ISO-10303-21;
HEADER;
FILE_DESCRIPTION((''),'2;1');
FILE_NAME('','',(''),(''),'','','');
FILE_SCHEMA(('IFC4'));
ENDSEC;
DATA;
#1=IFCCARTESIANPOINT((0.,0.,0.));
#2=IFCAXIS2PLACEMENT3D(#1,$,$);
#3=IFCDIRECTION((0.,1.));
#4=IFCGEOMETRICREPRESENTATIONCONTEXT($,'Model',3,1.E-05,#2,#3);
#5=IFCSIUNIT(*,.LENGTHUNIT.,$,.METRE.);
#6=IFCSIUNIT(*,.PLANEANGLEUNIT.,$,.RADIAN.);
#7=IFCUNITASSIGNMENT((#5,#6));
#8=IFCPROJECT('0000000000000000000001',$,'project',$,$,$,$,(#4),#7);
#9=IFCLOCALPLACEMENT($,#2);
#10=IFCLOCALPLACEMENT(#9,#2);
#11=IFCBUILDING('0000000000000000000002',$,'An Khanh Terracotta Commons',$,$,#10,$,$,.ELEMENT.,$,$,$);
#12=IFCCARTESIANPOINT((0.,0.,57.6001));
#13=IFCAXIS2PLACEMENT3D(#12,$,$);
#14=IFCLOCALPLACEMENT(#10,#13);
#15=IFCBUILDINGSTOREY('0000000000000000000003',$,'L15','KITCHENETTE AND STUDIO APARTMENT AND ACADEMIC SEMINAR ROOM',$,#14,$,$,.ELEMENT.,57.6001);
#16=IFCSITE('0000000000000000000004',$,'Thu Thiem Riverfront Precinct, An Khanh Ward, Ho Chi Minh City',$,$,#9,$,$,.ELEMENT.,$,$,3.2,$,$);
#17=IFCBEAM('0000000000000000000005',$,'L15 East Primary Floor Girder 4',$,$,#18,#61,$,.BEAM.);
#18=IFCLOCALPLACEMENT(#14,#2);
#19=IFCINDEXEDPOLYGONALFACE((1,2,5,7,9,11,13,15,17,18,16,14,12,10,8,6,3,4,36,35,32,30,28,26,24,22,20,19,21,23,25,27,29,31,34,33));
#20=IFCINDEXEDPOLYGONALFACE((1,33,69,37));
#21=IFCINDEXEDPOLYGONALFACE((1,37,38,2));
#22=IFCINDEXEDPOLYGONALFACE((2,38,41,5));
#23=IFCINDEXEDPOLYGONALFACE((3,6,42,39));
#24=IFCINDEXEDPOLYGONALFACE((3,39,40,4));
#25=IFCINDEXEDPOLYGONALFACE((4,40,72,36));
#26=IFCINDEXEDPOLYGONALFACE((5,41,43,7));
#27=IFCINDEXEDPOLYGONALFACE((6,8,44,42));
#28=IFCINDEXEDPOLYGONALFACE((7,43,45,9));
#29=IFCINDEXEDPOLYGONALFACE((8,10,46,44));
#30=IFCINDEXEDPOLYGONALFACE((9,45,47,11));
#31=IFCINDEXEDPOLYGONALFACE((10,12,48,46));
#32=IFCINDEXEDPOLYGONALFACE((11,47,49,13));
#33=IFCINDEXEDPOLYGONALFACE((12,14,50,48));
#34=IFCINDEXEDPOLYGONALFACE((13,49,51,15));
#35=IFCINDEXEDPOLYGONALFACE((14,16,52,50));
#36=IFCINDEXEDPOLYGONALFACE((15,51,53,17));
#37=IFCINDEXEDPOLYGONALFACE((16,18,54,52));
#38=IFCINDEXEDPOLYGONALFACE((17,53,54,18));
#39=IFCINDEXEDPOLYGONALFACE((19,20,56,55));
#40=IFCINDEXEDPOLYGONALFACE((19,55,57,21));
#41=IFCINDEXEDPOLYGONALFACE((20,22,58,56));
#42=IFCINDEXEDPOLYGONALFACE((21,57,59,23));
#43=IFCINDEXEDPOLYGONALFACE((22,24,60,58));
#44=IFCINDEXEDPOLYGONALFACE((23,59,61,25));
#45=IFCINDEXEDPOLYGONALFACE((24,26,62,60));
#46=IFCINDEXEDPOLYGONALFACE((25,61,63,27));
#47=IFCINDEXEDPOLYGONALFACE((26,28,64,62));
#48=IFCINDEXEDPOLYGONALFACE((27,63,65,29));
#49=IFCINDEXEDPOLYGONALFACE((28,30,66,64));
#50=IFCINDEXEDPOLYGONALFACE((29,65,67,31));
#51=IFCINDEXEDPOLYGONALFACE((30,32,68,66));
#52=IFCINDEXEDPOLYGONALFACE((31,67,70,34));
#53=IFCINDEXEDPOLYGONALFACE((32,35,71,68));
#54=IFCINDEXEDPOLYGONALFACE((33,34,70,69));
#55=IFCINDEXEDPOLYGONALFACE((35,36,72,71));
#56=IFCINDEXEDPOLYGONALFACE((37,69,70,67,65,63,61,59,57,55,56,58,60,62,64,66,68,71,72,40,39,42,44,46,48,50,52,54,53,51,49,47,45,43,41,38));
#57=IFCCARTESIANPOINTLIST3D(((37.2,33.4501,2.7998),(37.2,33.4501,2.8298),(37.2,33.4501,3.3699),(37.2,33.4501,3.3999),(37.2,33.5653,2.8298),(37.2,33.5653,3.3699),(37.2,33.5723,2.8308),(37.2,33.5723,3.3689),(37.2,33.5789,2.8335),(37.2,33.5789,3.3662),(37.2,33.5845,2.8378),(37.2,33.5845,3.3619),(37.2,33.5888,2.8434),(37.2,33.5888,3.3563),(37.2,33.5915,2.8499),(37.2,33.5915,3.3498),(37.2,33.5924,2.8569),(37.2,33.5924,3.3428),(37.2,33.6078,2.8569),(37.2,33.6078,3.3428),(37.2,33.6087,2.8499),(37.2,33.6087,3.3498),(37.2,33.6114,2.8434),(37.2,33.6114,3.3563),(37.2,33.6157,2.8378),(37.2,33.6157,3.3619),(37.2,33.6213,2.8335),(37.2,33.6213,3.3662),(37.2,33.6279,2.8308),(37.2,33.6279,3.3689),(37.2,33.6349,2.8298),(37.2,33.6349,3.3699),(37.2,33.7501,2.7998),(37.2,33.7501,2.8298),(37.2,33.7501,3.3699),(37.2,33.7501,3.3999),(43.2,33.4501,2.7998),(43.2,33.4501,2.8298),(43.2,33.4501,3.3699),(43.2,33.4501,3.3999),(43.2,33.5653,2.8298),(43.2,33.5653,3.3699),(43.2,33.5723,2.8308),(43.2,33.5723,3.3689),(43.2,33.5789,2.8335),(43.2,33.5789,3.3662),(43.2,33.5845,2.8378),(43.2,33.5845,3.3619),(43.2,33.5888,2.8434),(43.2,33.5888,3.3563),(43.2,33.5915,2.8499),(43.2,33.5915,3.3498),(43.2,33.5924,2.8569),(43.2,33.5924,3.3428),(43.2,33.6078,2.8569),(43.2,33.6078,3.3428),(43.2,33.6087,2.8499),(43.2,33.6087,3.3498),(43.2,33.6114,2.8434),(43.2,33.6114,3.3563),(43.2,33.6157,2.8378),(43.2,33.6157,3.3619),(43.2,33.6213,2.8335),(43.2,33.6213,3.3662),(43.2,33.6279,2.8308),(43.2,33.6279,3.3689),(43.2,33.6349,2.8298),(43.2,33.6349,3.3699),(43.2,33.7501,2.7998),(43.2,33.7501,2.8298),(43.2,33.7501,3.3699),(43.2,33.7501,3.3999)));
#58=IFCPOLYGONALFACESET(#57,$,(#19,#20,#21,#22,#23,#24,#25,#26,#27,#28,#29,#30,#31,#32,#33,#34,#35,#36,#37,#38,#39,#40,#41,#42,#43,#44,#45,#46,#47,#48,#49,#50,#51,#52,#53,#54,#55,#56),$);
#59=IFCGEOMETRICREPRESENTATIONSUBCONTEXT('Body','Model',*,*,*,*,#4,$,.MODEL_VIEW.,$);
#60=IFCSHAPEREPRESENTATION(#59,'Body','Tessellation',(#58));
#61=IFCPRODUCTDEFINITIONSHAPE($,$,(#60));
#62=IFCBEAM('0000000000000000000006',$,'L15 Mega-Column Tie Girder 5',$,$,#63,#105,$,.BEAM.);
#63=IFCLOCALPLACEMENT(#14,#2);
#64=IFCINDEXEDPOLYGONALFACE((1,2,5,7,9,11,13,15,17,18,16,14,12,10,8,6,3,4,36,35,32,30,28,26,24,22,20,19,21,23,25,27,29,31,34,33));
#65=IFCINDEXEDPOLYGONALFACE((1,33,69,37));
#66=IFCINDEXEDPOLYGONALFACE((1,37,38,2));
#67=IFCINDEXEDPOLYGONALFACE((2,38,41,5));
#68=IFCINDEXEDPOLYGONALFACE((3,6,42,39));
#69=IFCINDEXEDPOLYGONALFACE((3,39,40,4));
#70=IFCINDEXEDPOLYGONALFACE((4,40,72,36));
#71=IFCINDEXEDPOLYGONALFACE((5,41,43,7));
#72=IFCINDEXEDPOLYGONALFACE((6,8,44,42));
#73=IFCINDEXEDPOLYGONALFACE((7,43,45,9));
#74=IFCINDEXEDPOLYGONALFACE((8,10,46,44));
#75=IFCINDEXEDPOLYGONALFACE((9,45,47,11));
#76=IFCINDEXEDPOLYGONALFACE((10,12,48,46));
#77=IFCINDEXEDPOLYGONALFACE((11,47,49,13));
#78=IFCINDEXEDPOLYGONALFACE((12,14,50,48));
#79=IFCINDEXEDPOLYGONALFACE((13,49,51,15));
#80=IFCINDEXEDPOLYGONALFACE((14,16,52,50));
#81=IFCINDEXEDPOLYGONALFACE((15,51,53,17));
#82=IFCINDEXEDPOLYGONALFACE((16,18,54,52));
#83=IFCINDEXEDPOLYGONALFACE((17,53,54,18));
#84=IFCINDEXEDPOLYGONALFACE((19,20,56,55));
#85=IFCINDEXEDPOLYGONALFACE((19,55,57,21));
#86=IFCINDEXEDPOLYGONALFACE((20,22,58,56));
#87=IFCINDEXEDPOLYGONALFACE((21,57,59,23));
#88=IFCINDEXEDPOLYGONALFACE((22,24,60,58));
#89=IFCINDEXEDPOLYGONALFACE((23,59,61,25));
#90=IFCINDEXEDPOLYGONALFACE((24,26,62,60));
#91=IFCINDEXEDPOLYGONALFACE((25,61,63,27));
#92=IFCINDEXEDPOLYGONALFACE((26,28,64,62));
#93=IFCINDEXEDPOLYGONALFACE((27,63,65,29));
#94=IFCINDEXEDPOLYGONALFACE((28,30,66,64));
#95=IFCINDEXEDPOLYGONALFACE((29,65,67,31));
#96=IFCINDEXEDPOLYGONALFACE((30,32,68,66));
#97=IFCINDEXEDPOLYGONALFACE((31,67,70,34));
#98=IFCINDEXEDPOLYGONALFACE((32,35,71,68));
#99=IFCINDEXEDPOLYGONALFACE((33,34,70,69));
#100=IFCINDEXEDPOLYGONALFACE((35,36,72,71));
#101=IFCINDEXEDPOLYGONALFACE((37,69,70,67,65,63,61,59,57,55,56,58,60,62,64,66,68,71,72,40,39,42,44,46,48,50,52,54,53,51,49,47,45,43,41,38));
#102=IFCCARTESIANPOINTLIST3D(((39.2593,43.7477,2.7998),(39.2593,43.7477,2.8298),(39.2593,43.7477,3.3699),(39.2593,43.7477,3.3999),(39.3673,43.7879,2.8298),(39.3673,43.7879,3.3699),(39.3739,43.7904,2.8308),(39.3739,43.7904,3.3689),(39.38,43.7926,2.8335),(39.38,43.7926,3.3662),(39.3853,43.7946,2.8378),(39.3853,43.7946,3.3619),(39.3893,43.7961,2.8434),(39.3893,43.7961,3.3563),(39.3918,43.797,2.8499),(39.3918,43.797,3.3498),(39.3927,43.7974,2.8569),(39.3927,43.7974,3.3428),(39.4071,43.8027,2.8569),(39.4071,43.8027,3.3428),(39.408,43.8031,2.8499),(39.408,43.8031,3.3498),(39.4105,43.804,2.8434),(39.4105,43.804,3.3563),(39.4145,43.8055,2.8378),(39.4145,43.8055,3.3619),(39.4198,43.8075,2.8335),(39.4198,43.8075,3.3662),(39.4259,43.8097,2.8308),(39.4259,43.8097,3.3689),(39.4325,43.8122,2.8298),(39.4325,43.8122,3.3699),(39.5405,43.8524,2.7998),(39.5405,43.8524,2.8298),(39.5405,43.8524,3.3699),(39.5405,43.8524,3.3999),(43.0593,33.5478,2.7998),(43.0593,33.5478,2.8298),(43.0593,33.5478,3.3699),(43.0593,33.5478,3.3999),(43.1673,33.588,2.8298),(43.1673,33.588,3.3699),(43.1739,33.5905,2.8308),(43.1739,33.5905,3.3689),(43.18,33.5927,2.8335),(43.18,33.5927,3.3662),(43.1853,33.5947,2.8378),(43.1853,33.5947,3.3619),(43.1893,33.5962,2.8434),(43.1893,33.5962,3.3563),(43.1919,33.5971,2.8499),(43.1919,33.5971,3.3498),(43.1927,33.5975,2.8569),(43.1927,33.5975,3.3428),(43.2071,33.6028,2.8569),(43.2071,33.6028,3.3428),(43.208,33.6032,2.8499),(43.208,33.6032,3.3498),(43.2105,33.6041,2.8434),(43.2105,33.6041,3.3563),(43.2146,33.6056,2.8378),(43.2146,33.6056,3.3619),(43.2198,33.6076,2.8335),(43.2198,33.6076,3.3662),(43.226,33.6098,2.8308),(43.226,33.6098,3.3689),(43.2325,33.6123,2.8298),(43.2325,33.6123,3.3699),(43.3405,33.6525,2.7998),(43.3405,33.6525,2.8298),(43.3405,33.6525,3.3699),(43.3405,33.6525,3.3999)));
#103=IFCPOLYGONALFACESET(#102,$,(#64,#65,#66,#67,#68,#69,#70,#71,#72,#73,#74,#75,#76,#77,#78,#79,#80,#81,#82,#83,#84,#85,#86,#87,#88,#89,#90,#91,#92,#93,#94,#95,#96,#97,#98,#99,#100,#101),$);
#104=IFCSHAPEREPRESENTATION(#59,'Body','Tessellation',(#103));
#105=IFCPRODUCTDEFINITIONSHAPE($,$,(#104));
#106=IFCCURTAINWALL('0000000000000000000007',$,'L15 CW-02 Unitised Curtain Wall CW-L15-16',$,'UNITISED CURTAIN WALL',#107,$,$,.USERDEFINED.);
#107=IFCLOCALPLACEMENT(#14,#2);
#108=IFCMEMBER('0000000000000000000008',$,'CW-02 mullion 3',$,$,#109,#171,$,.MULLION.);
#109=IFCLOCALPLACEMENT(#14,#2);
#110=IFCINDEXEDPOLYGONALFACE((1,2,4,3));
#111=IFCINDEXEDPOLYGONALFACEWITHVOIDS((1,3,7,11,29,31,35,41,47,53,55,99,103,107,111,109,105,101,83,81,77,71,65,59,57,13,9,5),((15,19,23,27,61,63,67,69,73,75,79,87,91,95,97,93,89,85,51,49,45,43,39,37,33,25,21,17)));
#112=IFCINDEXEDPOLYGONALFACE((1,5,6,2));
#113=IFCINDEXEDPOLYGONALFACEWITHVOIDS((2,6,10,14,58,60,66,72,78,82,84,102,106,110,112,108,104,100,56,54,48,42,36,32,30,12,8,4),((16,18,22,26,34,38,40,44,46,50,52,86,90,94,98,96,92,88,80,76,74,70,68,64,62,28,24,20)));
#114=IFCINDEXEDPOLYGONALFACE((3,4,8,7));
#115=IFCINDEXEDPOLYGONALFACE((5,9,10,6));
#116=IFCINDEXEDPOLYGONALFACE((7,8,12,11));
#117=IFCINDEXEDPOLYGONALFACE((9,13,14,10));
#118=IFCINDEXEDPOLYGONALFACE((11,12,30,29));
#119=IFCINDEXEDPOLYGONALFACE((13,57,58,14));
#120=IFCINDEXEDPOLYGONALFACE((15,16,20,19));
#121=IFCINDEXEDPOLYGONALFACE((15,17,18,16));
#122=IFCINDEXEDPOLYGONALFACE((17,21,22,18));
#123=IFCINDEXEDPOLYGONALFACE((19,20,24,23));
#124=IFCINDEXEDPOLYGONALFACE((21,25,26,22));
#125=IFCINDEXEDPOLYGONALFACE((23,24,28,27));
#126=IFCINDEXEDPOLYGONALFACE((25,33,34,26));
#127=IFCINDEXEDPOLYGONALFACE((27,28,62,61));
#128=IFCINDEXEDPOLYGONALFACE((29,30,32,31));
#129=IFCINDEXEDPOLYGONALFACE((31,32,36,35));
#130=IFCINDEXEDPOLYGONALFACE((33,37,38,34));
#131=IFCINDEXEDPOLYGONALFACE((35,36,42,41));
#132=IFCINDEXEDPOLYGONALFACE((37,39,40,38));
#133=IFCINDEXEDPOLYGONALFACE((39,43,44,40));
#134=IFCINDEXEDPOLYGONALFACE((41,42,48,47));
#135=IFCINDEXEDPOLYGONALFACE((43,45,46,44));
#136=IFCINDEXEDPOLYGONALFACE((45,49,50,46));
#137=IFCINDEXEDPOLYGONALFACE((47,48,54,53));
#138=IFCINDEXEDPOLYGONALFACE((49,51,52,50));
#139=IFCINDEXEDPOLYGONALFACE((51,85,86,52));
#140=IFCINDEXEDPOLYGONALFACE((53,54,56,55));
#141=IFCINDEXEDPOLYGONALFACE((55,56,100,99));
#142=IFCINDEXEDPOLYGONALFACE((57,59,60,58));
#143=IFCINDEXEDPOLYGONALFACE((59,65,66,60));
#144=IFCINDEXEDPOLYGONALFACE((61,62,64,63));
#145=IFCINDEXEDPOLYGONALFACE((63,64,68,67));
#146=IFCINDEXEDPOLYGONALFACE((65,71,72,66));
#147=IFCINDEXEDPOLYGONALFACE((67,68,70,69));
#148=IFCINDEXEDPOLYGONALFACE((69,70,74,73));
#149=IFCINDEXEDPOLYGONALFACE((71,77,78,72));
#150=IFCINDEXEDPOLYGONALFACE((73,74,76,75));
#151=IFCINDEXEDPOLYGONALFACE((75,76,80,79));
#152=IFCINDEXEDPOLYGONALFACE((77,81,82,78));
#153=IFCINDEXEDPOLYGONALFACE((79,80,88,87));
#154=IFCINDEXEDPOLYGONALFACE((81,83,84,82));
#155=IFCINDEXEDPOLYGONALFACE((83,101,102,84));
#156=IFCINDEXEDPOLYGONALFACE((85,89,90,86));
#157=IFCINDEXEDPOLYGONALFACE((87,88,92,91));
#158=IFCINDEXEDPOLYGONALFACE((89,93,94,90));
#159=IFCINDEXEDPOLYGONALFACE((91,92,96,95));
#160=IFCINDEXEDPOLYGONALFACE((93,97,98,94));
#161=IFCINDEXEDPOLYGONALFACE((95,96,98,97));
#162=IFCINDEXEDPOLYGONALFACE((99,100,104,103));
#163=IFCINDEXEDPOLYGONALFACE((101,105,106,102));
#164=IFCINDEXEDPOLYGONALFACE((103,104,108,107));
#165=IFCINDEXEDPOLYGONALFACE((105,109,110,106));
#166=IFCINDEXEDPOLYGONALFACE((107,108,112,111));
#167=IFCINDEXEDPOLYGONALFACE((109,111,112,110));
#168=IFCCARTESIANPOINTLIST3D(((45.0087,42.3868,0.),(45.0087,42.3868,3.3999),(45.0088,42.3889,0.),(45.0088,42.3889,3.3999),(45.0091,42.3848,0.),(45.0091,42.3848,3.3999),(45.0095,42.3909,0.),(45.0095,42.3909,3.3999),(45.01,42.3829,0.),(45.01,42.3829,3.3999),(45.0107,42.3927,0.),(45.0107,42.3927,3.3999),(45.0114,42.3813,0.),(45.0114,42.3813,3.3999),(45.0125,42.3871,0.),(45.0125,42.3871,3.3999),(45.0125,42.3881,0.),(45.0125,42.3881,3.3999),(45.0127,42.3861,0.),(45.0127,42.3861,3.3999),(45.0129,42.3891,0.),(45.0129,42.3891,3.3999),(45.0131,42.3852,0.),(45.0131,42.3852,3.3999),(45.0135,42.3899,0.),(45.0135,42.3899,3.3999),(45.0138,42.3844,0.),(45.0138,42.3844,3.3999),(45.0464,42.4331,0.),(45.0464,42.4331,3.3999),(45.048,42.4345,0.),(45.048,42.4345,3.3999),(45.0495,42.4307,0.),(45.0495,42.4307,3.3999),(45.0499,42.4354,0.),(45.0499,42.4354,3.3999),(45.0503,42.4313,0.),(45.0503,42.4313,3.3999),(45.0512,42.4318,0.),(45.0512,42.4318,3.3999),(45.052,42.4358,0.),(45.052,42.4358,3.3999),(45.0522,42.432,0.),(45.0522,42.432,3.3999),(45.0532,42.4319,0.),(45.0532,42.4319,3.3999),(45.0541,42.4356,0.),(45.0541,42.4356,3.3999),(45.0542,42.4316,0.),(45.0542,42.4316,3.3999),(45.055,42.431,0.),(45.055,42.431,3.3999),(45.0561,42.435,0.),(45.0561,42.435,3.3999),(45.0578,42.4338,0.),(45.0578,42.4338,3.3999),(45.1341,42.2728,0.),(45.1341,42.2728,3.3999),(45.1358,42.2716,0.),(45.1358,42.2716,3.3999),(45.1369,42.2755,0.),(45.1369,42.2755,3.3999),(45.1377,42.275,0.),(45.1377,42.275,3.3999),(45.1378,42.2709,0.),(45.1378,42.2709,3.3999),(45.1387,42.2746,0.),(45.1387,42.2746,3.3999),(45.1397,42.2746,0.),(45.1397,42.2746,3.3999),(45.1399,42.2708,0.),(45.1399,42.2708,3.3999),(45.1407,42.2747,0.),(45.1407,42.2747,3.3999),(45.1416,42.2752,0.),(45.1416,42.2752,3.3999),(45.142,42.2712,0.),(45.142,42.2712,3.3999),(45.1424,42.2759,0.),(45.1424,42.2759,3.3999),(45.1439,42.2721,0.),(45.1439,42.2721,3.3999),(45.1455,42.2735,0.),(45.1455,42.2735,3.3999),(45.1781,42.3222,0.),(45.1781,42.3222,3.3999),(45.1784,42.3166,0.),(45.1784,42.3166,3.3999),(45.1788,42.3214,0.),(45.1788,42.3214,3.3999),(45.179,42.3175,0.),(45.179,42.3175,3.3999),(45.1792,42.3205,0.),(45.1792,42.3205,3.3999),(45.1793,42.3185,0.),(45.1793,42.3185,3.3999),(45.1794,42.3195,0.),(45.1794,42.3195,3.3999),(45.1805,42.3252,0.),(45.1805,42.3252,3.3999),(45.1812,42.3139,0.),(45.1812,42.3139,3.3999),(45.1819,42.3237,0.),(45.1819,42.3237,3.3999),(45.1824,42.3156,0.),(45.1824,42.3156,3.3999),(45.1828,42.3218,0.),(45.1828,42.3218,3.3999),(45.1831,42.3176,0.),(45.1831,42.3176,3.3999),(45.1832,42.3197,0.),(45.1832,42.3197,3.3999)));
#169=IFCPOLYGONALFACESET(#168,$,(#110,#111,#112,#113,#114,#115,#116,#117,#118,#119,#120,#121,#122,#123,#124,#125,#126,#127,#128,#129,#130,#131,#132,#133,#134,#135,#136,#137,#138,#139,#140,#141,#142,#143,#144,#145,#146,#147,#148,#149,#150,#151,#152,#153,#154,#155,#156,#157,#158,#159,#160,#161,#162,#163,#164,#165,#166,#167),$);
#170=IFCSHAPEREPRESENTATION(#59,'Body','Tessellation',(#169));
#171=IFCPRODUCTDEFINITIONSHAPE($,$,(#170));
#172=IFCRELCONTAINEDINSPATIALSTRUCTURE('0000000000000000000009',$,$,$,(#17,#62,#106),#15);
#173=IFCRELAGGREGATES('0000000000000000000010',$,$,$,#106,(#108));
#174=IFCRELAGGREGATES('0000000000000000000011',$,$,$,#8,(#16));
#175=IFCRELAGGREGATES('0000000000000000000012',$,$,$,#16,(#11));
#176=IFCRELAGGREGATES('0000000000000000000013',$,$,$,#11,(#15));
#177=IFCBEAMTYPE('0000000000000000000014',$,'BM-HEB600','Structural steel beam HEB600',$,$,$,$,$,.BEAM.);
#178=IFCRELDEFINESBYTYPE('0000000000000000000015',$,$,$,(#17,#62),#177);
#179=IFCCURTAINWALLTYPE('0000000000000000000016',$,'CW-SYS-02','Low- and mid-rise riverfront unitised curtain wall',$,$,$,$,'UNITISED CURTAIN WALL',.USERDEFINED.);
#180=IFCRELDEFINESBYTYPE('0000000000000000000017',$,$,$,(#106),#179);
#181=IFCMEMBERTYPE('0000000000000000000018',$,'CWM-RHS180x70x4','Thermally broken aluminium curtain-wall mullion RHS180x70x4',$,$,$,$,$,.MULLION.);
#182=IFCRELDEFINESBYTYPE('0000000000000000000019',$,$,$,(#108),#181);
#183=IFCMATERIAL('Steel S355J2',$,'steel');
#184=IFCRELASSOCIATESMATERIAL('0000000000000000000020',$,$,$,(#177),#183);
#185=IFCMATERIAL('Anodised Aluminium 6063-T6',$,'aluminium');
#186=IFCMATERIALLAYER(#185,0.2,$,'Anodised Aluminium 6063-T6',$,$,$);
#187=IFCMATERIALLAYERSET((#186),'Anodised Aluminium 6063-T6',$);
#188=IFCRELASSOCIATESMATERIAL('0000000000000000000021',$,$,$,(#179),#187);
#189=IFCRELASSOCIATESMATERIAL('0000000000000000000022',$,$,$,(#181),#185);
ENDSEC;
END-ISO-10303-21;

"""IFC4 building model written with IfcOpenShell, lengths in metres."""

from ifc_helpers import new_model, si_unit, direction, frame, origin, origin_2d, place, context, subcontext, project, spatial, hollow_rectangle, i_section, extrude, material, layer, layer_set, material_profile, profile_set, type_object, element, aggregate, save


model = new_model("IFC4")

# Units and contexts
model_context = context("Model", 3, precision=1e-05, world=origin(), true_north=direction((0.0, 1.0)))
body_context = subcontext(model_context, "Body", "Model", "MODEL_VIEW")
ifc_project = project(units=[si_unit("LENGTHUNIT", "METRE"), si_unit("PLANEANGLEUNIT", "RADIAN")], contexts=[model_context])

# Site, building, storey
site_placement = place(None, origin())
site = spatial("IfcSite", under=ifc_project, at=site_placement, Name="Thu Thiem Riverfront Precinct, An Khanh Ward, Ho Chi Minh City", CompositionType="ELEMENT", RefElevation=3.2)
building_placement = place(site_placement, origin())
building = spatial("IfcBuilding", under=site, at=building_placement, Name="An Khanh Terracotta Commons", CompositionType="ELEMENT")
storey_placement = place(building_placement, frame((0.0, 0.0, 57.6001)))
storey = spatial("IfcBuildingStorey", under=building, at=storey_placement, Name="L15", Description="KITCHENETTE AND STUDIO APARTMENT AND ACADEMIC SEMINAR ROOM", CompositionType="ELEMENT", Elevation=57.6001)

# Beams
ifc_material_1 = material(Name="Steel S355J2", Category="steel")
ifc_material_profile_1 = material_profile(ifc_material_1, i_section(OverallWidth=0.3, OverallDepth=0.6001, WebThickness=0.0154, FlangeThickness=0.03, FilletRadius=0.0271, at=origin_2d()), Name="HEB600")
ifc_profile_set_1 = profile_set([ifc_material_profile_1], Name="Steel S355J2")
beam_type_1 = type_object("IfcBeamType", Name="BM-HEB600", Description="Structural steel beam HEB600", PredefinedType="BEAM", material=ifc_profile_set_1)
beam_1_placement = place(storey_placement, frame((37.2, 33.6001, 3.0999), z_axis=(1.0, 0.0, 0.0), x_axis=(0.0, 1.0, 0.0)))
element("IfcBeam", 1, at=beam_1_placement, inside=storey, type_object=beam_type_1, Name="L15 East Primary Floor Girder 4", PredefinedType="BEAM", context=body_context, shape_type="SweptSolid", body=[
    extrude(i_section(OverallWidth=0.3, OverallDepth=0.6001, WebThickness=0.0154, FlangeThickness=0.03, FilletRadius=0.0271, at=origin_2d()), origin(), (0.0, 0.0, 1.0), 6.0),
])
beam_2_placement = place(storey_placement, frame((39.3999, 43.8, 3.0999), z_axis=(0.349114, -0.93708, 0.0), x_axis=(0.93708, 0.349114, 0.0)))
element("IfcBeam", 2, at=beam_2_placement, inside=storey, type_object=beam_type_1, Name="L15 Mega-Column Tie Girder 5", PredefinedType="BEAM", context=body_context, shape_type="SweptSolid", body=[
    extrude(i_section(OverallWidth=0.3, OverallDepth=0.6001, WebThickness=0.0154, FlangeThickness=0.03, FilletRadius=0.0271, at=origin_2d()), origin(), (0.0, 0.0, 1.0), 10.8848),
])

# Curtain wall, member
ifc_material_2 = material(Name="Anodised Aluminium 6063-T6", Category="aluminium")
ifc_layer_1 = layer(ifc_material_2, 0.2, Name="Anodised Aluminium 6063-T6")
ifc_layer_set_1 = layer_set([ifc_layer_1], Name="Anodised Aluminium 6063-T6")
curtain_wall_type = type_object("IfcCurtainWallType", Name="CW-SYS-02", Description="Low- and mid-rise riverfront unitised curtain wall", ElementType="UNITISED CURTAIN WALL", PredefinedType="USERDEFINED", material=ifc_layer_set_1)
curtain_wall_placement = place(storey_placement, origin())
curtain_wall = element("IfcCurtainWall", 3, at=curtain_wall_placement, inside=storey, type_object=curtain_wall_type, Name="L15 CW-02 Unitised Curtain Wall CW-L15-16", ObjectType="UNITISED CURTAIN WALL", PredefinedType="USERDEFINED")
ifc_material_profile_2 = material_profile(ifc_material_2, hollow_rectangle(XDim=0.0701, YDim=0.1799, WallThickness=0.0039, InnerFilletRadius=0.0039, OuterFilletRadius=0.0081, at=origin_2d()), Name="RHS180x70x4")
ifc_profile_set_2 = profile_set([ifc_material_profile_2], Name="Anodised Aluminium 6063-T6")
member_type_1 = type_object("IfcMemberType", Name="CWM-RHS180x70x4", Description="Thermally broken aluminium curtain-wall mullion RHS180x70x4", PredefinedType="MULLION", material=ifc_profile_set_2)
member_1_placement = place(storey_placement, frame((45.0959, 42.3533, 0.0), z_axis=(0.0, 0.0, 1.0), x_axis=(-0.662548, -0.749019, 0.0)))
member_1 = element("IfcMember", 4, at=member_1_placement, type_object=member_type_1, Name="CW-02 mullion 3", PredefinedType="MULLION", context=body_context, shape_type="SweptSolid", body=[
    extrude(hollow_rectangle(XDim=0.0701, YDim=0.1799, WallThickness=0.0039, InnerFilletRadius=0.0039, OuterFilletRadius=0.0081, at=origin_2d()), origin(), (0.0, 0.0, 1.0), 3.3999),
])
aggregate(curtain_wall, [member_1])

save(model, "model.ifc")
